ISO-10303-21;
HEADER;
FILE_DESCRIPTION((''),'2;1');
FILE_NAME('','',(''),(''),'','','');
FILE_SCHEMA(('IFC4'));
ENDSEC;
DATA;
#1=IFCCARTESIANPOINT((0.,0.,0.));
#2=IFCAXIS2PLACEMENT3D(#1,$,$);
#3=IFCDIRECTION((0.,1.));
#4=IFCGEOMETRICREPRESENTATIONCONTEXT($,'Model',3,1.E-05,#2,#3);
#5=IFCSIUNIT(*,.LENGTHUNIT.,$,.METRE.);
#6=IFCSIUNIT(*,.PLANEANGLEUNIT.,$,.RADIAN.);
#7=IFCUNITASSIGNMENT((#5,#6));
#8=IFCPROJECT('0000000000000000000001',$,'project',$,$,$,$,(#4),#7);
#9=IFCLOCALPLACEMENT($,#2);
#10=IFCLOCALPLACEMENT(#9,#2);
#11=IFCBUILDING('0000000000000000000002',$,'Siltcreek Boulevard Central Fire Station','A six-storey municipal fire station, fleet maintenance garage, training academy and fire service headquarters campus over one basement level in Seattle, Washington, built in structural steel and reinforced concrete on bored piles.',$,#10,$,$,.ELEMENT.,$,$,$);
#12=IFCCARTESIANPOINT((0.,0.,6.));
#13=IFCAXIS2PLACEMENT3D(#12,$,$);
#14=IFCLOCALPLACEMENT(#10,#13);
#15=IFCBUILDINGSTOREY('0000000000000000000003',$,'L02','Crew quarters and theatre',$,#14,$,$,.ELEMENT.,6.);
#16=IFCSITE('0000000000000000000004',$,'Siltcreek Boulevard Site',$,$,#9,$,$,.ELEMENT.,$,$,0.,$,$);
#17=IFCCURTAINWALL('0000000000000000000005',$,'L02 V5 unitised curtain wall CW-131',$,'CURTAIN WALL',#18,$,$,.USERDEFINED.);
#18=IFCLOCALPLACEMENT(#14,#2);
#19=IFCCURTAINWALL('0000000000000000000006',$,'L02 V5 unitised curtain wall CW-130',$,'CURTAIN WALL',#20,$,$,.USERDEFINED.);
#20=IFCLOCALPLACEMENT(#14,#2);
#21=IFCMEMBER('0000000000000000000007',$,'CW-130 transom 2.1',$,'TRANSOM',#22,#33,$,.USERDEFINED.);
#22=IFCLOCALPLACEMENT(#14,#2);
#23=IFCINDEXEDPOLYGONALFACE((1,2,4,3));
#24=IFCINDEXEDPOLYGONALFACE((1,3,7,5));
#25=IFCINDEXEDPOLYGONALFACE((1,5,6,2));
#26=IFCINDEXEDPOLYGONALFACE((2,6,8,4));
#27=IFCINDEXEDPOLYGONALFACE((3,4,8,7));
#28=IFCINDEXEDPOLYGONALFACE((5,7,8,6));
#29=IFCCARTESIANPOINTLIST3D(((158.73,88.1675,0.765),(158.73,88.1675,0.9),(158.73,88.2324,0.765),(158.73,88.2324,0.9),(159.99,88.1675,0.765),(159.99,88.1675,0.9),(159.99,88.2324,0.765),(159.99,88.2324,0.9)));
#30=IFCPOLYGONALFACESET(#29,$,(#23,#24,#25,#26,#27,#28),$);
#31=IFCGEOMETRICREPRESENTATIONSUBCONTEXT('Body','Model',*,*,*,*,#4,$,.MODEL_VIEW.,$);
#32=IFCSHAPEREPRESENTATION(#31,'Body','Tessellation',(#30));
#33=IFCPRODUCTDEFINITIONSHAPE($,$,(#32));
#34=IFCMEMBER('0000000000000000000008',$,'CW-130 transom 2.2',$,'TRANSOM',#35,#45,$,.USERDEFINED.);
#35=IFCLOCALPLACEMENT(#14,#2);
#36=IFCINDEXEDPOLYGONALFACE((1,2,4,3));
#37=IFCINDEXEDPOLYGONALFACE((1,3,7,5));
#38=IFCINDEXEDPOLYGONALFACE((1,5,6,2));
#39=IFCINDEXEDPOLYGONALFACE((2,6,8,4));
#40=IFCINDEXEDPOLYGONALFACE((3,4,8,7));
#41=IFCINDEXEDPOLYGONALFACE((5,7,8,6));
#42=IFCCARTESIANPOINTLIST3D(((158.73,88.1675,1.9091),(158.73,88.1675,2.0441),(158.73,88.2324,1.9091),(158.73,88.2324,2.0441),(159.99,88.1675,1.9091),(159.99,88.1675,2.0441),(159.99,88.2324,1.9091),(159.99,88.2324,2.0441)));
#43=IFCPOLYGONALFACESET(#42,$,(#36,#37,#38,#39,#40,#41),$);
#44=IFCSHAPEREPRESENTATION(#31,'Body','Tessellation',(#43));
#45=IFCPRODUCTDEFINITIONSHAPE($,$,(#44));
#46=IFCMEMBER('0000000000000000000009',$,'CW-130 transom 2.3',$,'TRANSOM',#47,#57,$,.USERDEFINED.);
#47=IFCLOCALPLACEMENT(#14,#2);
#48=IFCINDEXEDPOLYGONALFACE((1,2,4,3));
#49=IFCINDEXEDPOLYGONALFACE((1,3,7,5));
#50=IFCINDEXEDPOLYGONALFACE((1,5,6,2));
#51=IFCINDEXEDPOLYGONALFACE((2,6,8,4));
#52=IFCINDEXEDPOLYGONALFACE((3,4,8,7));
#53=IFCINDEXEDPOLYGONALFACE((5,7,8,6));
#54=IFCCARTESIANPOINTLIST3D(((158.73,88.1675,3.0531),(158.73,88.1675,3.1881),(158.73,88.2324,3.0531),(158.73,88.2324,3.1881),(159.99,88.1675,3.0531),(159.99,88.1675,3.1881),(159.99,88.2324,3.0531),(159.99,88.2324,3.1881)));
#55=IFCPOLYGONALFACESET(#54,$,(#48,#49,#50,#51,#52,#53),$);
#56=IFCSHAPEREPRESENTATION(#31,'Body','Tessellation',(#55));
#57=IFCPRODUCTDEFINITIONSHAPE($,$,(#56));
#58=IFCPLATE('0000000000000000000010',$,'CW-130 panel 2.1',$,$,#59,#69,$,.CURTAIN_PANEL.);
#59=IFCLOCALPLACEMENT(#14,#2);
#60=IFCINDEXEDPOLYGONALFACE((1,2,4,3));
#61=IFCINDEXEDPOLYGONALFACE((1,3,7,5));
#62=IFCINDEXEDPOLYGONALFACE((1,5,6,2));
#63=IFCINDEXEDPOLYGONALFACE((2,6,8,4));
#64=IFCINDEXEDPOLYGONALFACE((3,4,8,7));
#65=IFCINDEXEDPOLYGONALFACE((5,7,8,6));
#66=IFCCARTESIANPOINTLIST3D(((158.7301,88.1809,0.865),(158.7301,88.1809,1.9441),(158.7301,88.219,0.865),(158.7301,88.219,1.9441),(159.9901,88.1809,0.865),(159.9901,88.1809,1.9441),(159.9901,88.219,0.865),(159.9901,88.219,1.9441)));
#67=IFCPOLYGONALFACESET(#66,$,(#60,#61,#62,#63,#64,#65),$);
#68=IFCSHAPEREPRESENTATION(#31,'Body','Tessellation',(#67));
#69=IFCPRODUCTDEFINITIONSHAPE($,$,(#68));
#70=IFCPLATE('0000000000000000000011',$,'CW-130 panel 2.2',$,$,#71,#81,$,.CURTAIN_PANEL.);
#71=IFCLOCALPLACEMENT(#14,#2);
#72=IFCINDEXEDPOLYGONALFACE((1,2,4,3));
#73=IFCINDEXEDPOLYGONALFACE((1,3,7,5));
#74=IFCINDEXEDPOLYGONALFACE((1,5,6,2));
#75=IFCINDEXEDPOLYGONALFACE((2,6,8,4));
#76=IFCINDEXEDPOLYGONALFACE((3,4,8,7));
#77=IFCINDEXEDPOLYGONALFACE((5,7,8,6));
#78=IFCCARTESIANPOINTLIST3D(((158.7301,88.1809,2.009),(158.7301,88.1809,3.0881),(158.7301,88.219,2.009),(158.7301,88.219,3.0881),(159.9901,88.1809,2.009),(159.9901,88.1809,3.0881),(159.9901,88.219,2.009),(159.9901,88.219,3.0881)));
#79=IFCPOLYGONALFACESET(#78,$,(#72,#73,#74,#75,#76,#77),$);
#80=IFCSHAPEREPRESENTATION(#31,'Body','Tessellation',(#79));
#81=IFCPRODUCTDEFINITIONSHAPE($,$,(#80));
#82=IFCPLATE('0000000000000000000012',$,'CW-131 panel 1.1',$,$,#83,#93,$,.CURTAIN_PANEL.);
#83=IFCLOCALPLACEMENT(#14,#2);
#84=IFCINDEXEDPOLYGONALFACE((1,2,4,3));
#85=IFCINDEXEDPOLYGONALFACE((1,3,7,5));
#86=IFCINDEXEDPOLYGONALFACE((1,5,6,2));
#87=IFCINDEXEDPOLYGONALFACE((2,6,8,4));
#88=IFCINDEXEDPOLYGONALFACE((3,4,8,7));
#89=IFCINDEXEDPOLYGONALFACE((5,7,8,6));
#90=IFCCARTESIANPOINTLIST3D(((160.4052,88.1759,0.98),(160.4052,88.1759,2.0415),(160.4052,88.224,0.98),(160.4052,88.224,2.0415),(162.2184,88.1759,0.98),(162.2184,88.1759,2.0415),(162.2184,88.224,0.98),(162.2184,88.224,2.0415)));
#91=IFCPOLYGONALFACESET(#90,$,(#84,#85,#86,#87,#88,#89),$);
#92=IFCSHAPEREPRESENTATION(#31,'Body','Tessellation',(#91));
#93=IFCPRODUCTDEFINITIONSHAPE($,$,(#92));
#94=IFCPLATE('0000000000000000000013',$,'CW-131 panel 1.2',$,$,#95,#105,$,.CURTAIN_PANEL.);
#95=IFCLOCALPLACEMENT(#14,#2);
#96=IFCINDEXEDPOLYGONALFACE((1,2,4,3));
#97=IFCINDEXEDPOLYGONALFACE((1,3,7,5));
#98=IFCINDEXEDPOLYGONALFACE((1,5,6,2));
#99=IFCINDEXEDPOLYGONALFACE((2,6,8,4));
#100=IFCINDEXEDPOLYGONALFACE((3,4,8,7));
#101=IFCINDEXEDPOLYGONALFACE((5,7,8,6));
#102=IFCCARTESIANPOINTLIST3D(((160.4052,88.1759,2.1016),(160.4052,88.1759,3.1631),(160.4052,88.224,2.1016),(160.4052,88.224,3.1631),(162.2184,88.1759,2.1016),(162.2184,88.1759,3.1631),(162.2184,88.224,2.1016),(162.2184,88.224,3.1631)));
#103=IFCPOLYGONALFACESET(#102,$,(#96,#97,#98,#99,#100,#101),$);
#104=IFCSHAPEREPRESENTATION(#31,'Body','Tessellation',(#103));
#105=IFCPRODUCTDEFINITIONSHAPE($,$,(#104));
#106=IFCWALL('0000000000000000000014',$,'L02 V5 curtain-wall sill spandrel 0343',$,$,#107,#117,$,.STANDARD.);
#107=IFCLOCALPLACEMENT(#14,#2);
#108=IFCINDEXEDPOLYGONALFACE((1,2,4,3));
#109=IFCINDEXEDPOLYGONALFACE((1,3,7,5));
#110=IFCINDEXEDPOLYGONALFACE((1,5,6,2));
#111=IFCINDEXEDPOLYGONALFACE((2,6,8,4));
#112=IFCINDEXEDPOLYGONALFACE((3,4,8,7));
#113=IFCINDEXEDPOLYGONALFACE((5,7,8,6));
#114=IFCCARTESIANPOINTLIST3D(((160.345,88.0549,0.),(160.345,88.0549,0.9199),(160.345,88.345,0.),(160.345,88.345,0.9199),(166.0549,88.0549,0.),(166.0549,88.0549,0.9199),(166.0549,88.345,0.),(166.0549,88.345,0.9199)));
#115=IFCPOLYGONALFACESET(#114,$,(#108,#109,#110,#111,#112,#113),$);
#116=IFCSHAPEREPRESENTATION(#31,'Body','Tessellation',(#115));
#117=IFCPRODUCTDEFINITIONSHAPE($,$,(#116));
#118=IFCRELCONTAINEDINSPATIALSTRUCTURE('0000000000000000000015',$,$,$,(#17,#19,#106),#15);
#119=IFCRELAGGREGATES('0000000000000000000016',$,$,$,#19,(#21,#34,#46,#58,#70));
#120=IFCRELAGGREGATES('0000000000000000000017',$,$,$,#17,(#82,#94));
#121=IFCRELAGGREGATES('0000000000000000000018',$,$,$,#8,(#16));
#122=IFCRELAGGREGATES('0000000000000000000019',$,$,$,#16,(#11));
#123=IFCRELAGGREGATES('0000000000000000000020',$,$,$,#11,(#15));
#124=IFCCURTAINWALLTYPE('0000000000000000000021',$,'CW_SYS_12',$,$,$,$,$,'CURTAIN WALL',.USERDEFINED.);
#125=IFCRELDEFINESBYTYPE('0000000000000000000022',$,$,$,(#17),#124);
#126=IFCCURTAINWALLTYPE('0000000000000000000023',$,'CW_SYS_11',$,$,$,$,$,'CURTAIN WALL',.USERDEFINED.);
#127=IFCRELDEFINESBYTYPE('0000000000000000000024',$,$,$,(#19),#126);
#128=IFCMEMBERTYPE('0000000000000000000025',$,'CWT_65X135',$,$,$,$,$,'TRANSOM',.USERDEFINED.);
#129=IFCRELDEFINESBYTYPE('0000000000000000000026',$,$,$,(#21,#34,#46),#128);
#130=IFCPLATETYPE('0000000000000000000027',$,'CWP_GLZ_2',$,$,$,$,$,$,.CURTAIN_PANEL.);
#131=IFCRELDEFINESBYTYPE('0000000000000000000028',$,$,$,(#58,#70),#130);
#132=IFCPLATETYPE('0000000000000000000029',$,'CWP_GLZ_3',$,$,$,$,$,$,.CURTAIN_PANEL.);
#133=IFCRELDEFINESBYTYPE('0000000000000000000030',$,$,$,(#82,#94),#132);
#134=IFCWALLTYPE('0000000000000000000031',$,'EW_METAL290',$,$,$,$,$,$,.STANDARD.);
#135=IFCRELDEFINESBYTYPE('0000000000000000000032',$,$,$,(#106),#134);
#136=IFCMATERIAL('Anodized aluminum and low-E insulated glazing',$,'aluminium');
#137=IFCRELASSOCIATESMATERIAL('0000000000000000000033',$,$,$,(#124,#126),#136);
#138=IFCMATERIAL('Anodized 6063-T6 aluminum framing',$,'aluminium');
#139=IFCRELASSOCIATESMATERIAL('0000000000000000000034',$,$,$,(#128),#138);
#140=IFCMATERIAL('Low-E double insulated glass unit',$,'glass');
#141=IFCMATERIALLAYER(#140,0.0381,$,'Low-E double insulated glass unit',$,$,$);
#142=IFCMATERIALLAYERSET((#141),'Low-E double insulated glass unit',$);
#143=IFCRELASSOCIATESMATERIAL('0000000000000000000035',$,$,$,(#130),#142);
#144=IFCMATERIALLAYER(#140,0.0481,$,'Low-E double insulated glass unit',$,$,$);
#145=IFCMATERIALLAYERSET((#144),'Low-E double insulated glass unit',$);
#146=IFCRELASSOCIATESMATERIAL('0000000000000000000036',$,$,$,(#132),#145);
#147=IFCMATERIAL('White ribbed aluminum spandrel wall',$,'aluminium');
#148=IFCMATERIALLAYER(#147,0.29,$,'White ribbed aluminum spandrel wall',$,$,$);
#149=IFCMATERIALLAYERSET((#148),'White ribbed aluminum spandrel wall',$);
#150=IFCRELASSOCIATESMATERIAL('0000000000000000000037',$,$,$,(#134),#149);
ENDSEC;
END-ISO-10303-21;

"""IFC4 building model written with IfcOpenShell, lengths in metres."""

from ifc_helpers import new_model, si_unit, direction, frame, frame_2d, origin, origin_2d, place, context, subcontext, project, spatial, rectangle, extrude, material, layer, layer_set, material_profile, profile_set, type_object, element, aggregate, save


model = new_model("IFC4")

# Units and contexts
model_context = context("Model", 3, precision=1e-05, world=origin(), true_north=direction((0.0, 1.0)))
body_context = subcontext(model_context, "Body", "Model", "MODEL_VIEW")
ifc_project = project(units=[si_unit("LENGTHUNIT", "METRE"), si_unit("PLANEANGLEUNIT", "RADIAN")], contexts=[model_context])

# Site, building, storey
site_placement = place(None, origin())
site = spatial("IfcSite", under=ifc_project, at=site_placement, Name="Siltcreek Boulevard Site", CompositionType="ELEMENT", RefElevation=0.0)
building_placement = place(site_placement, origin())
building = spatial("IfcBuilding", under=site, at=building_placement, Name="Siltcreek Boulevard Central Fire Station", Description="A six-storey municipal fire station, fleet maintenance garage, training academy and fire service headquarters campus over one basement level in Seattle, Washington, built in structural steel and reinforced concrete on bored piles.", CompositionType="ELEMENT")
storey_placement = place(building_placement, frame((0.0, 0.0, 6.0)))
storey = spatial("IfcBuildingStorey", under=building, at=storey_placement, Name="L02", Description="Crew quarters and theatre", CompositionType="ELEMENT", Elevation=6.0)

# Curtain walls
ifc_material_1 = material(Name="Anodized aluminum and low-E insulated glazing", Category="aluminium")
curtain_wall_type_1 = type_object("IfcCurtainWallType", Name="CW_SYS_12", ElementType="CURTAIN WALL", PredefinedType="USERDEFINED", material=ifc_material_1)
curtain_wall_1_placement = place(storey_placement, origin())
curtain_wall_1 = element("IfcCurtainWall", 1, at=curtain_wall_1_placement, inside=storey, type_object=curtain_wall_type_1, Name="L02 V5 unitised curtain wall CW-131", ObjectType="CURTAIN WALL", PredefinedType="USERDEFINED")
ifc_material_2 = material(Name="Anodized 6063-T6 aluminum framing", Category="aluminium")
curtain_wall_type_2 = type_object("IfcCurtainWallType", Name="CW_SYS_11", ElementType="CURTAIN WALL", PredefinedType="USERDEFINED", material=ifc_material_1)
curtain_wall_2_placement = place(storey_placement, origin())
curtain_wall_2 = element("IfcCurtainWall", 2, at=curtain_wall_2_placement, inside=storey, type_object=curtain_wall_type_2, Name="L02 V5 unitised curtain wall CW-130", ObjectType="CURTAIN WALL", PredefinedType="USERDEFINED")

# Members
ifc_material_profile_1 = material_profile(ifc_material_2, rectangle(XDim=0.0649, YDim=0.135, at=origin_2d()), Name="TRAN65X135")
ifc_profile_set_1 = profile_set([ifc_material_profile_1], Name="Anodized 6063-T6 aluminum framing")
member_type_1 = type_object("IfcMemberType", Name="CWT_65X135", ElementType="TRANSOM", PredefinedType="USERDEFINED", material=ifc_profile_set_1)
member_1_placement = place(storey_placement, frame((158.73, 88.2, 0.8325), z_axis=(1.0, 0.0, 0.0), x_axis=(0.0, 1.0, 0.0)))
member_1 = element("IfcMember", 3, at=member_1_placement, type_object=member_type_1, Name="CW-130 transom 2.1", ObjectType="TRANSOM", PredefinedType="USERDEFINED", context=body_context, shape_type="SweptSolid", body=[
    extrude(rectangle(XDim=0.0649, YDim=0.135, at=origin_2d()), origin(), (0.0, 0.0, 1.0), 1.26),
])
member_2_placement = place(storey_placement, frame((158.73, 88.2, 1.9766), z_axis=(1.0, 0.0, 0.0), x_axis=(0.0, 1.0, 0.0)))
member_2 = element("IfcMember", 4, at=member_2_placement, type_object=member_type_1, Name="CW-130 transom 2.2", ObjectType="TRANSOM", PredefinedType="USERDEFINED", context=body_context, shape_type="SweptSolid", body=[
    extrude(rectangle(XDim=0.0649, YDim=0.135, at=origin_2d()), origin(), (0.0, 0.0, 1.0), 1.26),
])
member_3_placement = place(storey_placement, frame((158.73, 88.2, 3.1206), z_axis=(1.0, 0.0, 0.0), x_axis=(0.0, 1.0, 0.0)))
member_3 = element("IfcMember", 5, at=member_3_placement, type_object=member_type_1, Name="CW-130 transom 2.3", ObjectType="TRANSOM", PredefinedType="USERDEFINED", context=body_context, shape_type="SweptSolid", body=[
    extrude(rectangle(XDim=0.0649, YDim=0.135, at=origin_2d()), origin(), (0.0, 0.0, 1.0), 1.26),
])

# Plates
ifc_material_3 = material(Name="Low-E double insulated glass unit", Category="glass")
ifc_layer_1 = layer(ifc_material_3, 0.0381, Name="Low-E double insulated glass unit")
ifc_layer_set_1 = layer_set([ifc_layer_1], Name="Low-E double insulated glass unit")
plate_type_1 = type_object("IfcPlateType", Name="CWP_GLZ_2", PredefinedType="CURTAIN_PANEL", material=ifc_layer_set_1)
plate_1_placement = place(storey_placement, frame((159.3601, 88.2, 0.865), z_axis=(0.0, 0.0, 1.0), x_axis=(1.0, 0.0, 0.0)))
plate_1 = element("IfcPlate", 6, at=plate_1_placement, type_object=plate_type_1, Name="CW-130 panel 2.1", PredefinedType="CURTAIN_PANEL", context=body_context, shape_type="SweptSolid", body=[
    extrude(rectangle(XDim=1.26, YDim=0.0381, at=origin_2d()), origin(), (0.0, 0.0, 1.0), 1.0791),
])
plate_2_placement = place(storey_placement, frame((159.3601, 88.2, 2.009), z_axis=(0.0, 0.0, 1.0), x_axis=(1.0, 0.0, 0.0)))
plate_2 = element("IfcPlate", 7, at=plate_2_placement, type_object=plate_type_1, Name="CW-130 panel 2.2", PredefinedType="CURTAIN_PANEL", context=body_context, shape_type="SweptSolid", body=[
    extrude(rectangle(XDim=1.26, YDim=0.0381, at=origin_2d()), origin(), (0.0, 0.0, 1.0), 1.0791),
])
aggregate(curtain_wall_2, [member_1, member_2, member_3, plate_1, plate_2])
ifc_layer_2 = layer(ifc_material_3, 0.0481, Name="Low-E double insulated glass unit")
ifc_layer_set_2 = layer_set([ifc_layer_2], Name="Low-E double insulated glass unit")
plate_type_2 = type_object("IfcPlateType", Name="CWP_GLZ_3", PredefinedType="CURTAIN_PANEL", material=ifc_layer_set_2)
plate_3_placement = place(storey_placement, frame((161.3118, 88.2, 0.98), z_axis=(0.0, 0.0, 1.0), x_axis=(1.0, 0.0, 0.0)))
plate_3 = element("IfcPlate", 8, at=plate_3_placement, type_object=plate_type_2, Name="CW-131 panel 1.1", PredefinedType="CURTAIN_PANEL", context=body_context, shape_type="SweptSolid", body=[
    extrude(rectangle(XDim=1.8132, YDim=0.0481, at=origin_2d()), origin(), (0.0, 0.0, 1.0), 1.0615),
])
plate_4_placement = place(storey_placement, frame((161.3118, 88.2, 2.1016), z_axis=(0.0, 0.0, 1.0), x_axis=(1.0, 0.0, 0.0)))
plate_4 = element("IfcPlate", 9, at=plate_4_placement, type_object=plate_type_2, Name="CW-131 panel 1.2", PredefinedType="CURTAIN_PANEL", context=body_context, shape_type="SweptSolid", body=[
    extrude(rectangle(XDim=1.8132, YDim=0.0481, at=origin_2d()), origin(), (0.0, 0.0, 1.0), 1.0615),
])
aggregate(curtain_wall_1, [plate_3, plate_4])

# Wall
ifc_material_4 = material(Name="White ribbed aluminum spandrel wall", Category="aluminium")
ifc_layer_3 = layer(ifc_material_4, 0.29, Name="White ribbed aluminum spandrel wall")
ifc_layer_set_3 = layer_set([ifc_layer_3], Name="White ribbed aluminum spandrel wall")
wall_type = type_object("IfcWallType", Name="EW_METAL290", PredefinedType="STANDARD", material=ifc_layer_set_3)
wall_placement = place(storey_placement, frame((160.345, 88.2, 0.0), z_axis=(0.0, 0.0, 1.0), x_axis=(1.0, 0.0, 0.0)))
element("IfcWall", 10, at=wall_placement, inside=storey, type_object=wall_type, Name="L02 V5 curtain-wall sill spandrel 0343", PredefinedType="STANDARD", context=body_context, shape_type="SweptSolid", body=[
    extrude(rectangle(XDim=5.71, YDim=0.29, at=frame_2d((2.855, 0.0))), origin(), (0.0, 0.0, 1.0), 0.9199),
])

save(model, "model.ifc")
